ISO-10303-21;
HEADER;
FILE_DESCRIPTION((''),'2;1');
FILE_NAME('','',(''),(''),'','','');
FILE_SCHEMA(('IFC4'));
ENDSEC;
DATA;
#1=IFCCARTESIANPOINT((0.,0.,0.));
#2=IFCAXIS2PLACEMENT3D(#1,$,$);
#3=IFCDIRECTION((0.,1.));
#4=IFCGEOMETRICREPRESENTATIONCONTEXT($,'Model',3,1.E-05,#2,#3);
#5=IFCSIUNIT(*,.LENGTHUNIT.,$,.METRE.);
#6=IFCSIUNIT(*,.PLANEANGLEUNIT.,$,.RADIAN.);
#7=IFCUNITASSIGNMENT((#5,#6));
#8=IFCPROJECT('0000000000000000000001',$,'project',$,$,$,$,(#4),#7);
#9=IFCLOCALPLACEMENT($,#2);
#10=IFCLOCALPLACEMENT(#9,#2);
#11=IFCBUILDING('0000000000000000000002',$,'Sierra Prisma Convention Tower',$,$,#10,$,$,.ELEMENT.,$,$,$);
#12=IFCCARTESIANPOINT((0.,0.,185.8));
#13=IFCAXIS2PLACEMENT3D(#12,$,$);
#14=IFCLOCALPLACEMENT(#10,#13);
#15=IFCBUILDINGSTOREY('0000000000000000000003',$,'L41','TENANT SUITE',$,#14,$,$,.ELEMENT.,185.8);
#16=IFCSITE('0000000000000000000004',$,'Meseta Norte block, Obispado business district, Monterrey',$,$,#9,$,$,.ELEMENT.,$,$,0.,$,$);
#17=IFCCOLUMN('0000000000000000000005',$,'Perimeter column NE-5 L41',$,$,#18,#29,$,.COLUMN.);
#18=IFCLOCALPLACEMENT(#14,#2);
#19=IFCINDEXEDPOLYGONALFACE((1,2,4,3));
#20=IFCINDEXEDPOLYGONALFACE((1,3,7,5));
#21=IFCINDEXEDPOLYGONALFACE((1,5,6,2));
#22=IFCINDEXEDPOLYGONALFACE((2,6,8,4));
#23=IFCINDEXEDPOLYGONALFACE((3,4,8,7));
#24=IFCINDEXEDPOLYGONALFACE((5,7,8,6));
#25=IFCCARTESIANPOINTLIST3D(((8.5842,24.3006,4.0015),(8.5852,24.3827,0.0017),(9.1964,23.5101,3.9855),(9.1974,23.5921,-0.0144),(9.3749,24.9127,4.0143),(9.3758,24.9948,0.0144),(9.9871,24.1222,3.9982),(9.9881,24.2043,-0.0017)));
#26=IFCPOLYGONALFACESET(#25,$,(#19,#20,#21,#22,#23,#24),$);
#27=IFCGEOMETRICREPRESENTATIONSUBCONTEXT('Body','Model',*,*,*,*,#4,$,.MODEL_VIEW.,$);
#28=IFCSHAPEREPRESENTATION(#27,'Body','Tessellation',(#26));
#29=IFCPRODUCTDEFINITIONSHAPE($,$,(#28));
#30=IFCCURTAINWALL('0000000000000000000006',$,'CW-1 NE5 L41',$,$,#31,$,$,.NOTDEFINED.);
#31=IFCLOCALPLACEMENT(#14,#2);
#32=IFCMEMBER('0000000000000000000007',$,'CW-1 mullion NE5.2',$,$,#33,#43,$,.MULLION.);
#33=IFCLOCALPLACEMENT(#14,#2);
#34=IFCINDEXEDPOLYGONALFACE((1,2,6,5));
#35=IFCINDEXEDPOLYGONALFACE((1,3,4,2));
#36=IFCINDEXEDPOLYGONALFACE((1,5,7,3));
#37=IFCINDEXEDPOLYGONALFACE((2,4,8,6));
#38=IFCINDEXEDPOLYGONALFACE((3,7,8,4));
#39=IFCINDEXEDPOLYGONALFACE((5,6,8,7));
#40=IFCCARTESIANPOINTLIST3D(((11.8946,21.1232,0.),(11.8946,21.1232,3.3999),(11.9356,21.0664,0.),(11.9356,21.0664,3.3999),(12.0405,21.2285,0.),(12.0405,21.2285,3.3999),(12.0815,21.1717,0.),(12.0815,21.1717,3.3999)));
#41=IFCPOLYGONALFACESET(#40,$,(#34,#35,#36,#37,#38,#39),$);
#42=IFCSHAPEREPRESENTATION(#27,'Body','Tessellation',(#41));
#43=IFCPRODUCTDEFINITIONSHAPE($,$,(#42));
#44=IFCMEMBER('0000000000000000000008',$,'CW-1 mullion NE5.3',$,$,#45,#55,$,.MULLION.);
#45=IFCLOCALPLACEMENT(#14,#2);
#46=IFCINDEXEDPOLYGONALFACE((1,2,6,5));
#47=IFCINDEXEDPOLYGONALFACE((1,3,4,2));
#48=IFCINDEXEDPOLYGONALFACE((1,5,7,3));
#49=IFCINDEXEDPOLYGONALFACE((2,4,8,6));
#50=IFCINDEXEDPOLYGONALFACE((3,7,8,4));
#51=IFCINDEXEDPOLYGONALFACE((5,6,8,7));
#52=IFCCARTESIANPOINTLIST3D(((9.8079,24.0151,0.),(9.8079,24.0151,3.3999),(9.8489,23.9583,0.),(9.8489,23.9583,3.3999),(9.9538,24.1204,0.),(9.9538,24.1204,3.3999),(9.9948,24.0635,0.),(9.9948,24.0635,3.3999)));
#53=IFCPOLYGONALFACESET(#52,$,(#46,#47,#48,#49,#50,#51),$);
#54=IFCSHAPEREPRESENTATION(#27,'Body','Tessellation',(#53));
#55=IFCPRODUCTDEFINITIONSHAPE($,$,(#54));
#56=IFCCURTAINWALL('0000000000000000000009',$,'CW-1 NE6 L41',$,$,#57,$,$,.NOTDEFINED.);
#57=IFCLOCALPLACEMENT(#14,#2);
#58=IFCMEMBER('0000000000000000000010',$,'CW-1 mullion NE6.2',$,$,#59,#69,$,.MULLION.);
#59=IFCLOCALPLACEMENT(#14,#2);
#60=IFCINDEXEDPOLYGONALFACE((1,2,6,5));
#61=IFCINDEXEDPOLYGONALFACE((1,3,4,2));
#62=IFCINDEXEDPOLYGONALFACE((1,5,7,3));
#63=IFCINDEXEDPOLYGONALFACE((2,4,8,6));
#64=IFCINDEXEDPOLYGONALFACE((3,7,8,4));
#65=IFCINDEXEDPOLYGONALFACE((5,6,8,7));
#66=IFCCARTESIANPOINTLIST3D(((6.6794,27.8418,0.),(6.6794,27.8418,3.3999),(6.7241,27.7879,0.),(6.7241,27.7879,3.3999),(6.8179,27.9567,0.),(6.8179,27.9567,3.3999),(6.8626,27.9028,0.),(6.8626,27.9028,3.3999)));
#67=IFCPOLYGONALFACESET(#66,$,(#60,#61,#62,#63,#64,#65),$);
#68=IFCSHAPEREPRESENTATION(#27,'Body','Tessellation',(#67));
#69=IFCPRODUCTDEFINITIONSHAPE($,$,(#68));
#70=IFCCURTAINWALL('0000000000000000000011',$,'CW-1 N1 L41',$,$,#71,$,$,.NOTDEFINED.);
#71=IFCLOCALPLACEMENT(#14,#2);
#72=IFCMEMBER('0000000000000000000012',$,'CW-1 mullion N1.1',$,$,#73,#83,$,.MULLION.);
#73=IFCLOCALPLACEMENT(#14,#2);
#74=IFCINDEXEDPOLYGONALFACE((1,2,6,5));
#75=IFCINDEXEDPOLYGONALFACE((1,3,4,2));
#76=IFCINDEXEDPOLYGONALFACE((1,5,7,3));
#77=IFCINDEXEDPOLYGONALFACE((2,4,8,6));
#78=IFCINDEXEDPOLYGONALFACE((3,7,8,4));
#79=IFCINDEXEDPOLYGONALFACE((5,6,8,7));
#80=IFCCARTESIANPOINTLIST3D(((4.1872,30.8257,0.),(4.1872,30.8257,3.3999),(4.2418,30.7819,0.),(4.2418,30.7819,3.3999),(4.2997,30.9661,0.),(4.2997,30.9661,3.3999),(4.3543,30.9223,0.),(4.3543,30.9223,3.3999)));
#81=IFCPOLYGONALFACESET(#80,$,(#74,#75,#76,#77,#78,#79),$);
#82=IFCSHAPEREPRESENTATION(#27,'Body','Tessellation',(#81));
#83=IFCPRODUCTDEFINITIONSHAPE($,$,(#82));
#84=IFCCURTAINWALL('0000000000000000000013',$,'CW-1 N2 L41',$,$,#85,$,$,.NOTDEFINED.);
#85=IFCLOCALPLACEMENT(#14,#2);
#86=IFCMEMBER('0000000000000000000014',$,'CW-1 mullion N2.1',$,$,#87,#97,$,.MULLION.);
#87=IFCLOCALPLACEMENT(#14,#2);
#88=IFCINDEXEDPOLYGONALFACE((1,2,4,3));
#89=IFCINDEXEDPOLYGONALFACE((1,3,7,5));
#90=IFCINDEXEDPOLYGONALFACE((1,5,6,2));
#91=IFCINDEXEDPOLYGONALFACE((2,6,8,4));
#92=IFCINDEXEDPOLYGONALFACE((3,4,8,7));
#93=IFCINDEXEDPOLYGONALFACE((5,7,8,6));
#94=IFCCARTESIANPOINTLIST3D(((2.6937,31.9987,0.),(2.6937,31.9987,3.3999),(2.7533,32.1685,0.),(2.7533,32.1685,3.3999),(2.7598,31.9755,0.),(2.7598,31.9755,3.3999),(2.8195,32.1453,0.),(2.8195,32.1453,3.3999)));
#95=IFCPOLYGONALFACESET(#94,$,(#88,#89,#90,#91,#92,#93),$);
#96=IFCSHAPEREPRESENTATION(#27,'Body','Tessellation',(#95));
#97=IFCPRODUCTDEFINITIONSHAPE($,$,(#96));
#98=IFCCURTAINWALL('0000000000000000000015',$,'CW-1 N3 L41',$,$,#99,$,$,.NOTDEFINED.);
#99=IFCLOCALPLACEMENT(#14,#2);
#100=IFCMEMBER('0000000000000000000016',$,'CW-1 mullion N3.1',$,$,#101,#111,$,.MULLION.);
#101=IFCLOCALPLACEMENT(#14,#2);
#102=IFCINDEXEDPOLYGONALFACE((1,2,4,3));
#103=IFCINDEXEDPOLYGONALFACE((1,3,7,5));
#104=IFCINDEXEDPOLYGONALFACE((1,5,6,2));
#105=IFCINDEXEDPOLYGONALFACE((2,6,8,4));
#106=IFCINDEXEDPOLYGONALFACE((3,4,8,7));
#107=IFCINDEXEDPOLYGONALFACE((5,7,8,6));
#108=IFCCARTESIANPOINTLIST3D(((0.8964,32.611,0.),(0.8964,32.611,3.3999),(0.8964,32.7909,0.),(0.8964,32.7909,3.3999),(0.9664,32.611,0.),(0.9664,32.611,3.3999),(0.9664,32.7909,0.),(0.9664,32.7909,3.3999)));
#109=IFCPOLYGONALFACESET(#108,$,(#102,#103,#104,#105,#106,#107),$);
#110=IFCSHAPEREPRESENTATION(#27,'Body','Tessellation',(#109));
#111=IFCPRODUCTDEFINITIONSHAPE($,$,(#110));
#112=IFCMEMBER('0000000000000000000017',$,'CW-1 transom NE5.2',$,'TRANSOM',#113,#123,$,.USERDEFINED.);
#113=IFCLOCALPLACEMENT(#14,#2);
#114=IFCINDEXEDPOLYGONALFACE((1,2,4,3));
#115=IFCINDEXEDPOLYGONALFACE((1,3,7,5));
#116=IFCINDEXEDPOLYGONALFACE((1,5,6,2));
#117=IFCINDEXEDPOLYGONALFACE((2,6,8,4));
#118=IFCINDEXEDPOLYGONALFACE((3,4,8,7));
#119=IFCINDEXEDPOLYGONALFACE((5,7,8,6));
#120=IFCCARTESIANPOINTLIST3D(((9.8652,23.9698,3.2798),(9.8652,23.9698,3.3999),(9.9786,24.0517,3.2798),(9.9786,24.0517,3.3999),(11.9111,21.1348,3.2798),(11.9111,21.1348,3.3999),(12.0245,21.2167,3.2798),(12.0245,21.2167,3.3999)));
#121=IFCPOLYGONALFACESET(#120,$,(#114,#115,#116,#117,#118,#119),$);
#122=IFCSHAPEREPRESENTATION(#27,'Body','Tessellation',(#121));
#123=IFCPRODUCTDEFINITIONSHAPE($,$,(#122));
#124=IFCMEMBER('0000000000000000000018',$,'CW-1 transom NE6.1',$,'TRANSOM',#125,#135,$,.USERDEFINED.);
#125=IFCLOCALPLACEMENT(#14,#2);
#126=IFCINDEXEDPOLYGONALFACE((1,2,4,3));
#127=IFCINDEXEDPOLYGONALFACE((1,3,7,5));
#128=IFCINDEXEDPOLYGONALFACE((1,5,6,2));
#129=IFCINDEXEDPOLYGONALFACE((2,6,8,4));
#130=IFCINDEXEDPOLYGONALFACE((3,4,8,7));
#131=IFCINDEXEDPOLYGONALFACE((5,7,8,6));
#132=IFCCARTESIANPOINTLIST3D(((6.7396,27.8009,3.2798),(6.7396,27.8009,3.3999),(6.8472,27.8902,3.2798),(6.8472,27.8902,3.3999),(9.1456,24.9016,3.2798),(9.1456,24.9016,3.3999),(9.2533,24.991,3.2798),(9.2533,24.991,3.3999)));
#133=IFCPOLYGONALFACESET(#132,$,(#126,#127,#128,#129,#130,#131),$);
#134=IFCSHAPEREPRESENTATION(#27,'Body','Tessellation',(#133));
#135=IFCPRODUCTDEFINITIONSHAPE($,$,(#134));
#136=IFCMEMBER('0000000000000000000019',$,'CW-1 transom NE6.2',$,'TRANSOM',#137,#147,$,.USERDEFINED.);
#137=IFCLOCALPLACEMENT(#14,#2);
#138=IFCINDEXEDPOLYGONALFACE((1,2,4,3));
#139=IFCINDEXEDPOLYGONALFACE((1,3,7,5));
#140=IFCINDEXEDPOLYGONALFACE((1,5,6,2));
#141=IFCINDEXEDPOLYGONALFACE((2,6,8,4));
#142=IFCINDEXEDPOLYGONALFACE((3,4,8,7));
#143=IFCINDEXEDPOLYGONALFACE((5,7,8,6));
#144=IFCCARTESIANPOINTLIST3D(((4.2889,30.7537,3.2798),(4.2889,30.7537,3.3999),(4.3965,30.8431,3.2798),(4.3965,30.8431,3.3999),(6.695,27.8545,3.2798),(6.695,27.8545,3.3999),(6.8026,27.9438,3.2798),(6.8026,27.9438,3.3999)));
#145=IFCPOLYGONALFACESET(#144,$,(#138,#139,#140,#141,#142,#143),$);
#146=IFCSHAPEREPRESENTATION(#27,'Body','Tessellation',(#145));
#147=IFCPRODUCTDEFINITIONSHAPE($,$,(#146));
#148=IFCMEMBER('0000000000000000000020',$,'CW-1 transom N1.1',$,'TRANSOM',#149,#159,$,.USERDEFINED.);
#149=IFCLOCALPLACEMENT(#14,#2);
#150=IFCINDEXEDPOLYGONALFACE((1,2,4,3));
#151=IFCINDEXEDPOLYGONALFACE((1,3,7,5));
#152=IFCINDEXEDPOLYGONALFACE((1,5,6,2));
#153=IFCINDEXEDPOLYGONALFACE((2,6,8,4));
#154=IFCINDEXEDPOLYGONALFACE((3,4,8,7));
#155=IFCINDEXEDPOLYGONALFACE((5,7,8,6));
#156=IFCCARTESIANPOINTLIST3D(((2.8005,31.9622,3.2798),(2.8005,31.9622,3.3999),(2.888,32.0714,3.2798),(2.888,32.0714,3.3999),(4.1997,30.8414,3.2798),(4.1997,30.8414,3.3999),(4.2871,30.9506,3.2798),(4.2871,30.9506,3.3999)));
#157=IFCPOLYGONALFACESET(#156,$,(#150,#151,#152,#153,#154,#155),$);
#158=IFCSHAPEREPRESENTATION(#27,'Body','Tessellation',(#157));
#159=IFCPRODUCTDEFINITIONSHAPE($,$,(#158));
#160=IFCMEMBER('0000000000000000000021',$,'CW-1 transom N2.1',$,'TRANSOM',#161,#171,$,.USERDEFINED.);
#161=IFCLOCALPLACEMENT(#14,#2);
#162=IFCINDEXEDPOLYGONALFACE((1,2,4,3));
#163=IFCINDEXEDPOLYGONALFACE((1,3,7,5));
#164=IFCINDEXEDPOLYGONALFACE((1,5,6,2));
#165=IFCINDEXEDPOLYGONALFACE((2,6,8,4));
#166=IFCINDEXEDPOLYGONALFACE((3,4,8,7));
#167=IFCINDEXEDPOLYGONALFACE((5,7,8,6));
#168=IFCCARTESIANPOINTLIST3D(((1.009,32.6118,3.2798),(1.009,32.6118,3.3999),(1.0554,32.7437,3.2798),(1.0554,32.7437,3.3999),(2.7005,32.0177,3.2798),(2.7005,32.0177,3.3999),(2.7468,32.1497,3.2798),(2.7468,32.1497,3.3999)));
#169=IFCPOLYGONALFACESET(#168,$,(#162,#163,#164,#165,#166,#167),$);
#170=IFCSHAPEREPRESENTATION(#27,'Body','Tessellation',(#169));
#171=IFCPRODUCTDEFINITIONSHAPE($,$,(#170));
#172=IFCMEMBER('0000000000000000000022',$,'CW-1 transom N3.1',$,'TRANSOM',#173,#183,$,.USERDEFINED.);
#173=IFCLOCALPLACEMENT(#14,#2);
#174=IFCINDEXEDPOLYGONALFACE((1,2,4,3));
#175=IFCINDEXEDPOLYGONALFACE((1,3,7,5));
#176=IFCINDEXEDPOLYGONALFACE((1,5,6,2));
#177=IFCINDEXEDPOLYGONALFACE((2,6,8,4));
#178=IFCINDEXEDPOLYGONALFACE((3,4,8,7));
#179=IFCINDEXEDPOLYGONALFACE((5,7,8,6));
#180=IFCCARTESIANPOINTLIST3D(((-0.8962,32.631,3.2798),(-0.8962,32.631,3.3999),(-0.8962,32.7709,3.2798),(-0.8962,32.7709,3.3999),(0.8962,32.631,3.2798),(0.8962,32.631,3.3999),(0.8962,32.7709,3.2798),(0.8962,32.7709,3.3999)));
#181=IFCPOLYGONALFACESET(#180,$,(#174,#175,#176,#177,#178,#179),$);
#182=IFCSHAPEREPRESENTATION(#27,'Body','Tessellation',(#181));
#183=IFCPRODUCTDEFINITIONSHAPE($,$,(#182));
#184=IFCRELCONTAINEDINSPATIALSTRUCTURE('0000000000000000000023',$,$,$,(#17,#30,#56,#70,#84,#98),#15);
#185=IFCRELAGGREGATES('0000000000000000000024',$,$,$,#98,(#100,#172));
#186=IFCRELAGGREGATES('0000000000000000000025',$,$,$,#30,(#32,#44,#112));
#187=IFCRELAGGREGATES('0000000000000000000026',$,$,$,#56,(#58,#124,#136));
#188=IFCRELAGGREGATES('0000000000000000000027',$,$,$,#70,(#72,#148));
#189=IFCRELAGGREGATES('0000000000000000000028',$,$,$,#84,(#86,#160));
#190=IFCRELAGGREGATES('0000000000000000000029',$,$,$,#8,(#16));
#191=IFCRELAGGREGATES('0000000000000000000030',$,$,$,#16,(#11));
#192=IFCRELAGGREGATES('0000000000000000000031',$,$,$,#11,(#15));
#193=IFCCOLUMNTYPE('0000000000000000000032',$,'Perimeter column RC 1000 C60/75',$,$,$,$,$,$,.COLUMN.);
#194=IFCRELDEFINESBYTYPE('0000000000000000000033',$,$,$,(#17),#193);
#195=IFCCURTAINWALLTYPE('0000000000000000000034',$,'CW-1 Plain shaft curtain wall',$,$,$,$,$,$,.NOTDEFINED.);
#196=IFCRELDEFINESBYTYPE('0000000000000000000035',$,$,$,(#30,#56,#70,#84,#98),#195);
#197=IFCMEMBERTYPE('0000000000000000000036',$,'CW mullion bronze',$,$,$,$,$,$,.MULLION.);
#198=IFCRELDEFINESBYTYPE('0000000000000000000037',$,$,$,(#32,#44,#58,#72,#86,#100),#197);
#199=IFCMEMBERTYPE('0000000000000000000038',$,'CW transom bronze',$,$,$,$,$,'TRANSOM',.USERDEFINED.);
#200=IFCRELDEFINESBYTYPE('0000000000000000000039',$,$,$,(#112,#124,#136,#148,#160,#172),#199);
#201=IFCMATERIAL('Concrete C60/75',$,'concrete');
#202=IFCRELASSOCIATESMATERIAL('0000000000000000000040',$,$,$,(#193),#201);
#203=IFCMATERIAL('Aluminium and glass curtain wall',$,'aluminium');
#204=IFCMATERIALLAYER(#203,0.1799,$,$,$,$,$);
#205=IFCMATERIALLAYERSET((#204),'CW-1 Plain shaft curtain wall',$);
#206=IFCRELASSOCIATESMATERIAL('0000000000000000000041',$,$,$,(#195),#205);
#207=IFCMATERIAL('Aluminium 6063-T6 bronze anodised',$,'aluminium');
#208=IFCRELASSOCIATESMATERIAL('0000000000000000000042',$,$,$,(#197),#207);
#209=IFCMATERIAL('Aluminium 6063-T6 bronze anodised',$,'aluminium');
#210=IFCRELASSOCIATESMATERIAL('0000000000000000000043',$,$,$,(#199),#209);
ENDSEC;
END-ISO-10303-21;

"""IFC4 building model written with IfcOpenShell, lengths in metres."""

from ifc_helpers import new_model, si_unit, direction, frame, origin, origin_2d, place, context, subcontext, project, spatial, rectangle, extrude, material, layer, layer_set, material_profile, profile_set, type_object, element, aggregate, save


model = new_model("IFC4")

# Units and contexts
model_context = context("Model", 3, precision=1e-05, world=origin(), true_north=direction((0.0, 1.0)))
body_context = subcontext(model_context, "Body", "Model", "MODEL_VIEW")
ifc_project = project(units=[si_unit("LENGTHUNIT", "METRE"), si_unit("PLANEANGLEUNIT", "RADIAN")], contexts=[model_context])

# Site, building, storey
site_placement = place(None, origin())
site = spatial("IfcSite", under=ifc_project, at=site_placement, Name="Meseta Norte block, Obispado business district, Monterrey", CompositionType="ELEMENT", RefElevation=0.0)
building_placement = place(site_placement, origin())
building = spatial("IfcBuilding", under=site, at=building_placement, Name="Sierra Prisma Convention Tower", CompositionType="ELEMENT")
storey_placement = place(building_placement, frame((0.0, 0.0, 185.8)))
storey = spatial("IfcBuildingStorey", under=building, at=storey_placement, Name="L41", Description="TENANT SUITE", CompositionType="ELEMENT", Elevation=185.8)

# Column
ifc_material_1 = material(Name="Concrete C60/75", Category="concrete")
ifc_material_profile_1 = material_profile(ifc_material_1, rectangle(XDim=1.0, YDim=1.0, at=origin_2d()), Name="Perimeter column RC 1000 C60/75")
ifc_profile_set_1 = profile_set([ifc_material_profile_1], Name="Concrete C60/75")
column_type = type_object("IfcColumnType", Name="Perimeter column RC 1000 C60/75", PredefinedType="COLUMN", material=ifc_profile_set_1)
column_placement = place(storey_placement, frame((9.2866, 24.2935, 0.0), z_axis=(-0.000244, -0.020504, 0.99979), x_axis=(-0.612242, 0.790507, 0.016062)))
element("IfcColumn", 1, at=column_placement, inside=storey, type_object=column_type, Name="Perimeter column NE-5 L41", PredefinedType="COLUMN", context=body_context, shape_type="SweptSolid", body=[
    extrude(rectangle(XDim=1.0, YDim=1.0, at=origin_2d()), origin(), (0.0, 0.0, 1.0), 4.0007),
])

# Curtain wall, members
ifc_material_2 = material(Name="Aluminium and glass curtain wall", Category="aluminium")
ifc_layer_1 = layer(ifc_material_2, 0.1799)
ifc_layer_set_1 = layer_set([ifc_layer_1], Name="CW-1 Plain shaft curtain wall")
curtain_wall_type = type_object("IfcCurtainWallType", Name="CW-1 Plain shaft curtain wall", PredefinedType="NOTDEFINED", material=ifc_layer_set_1)
curtain_wall_1_placement = place(storey_placement, origin())
curtain_wall_1 = element("IfcCurtainWall", 2, at=curtain_wall_1_placement, inside=storey, type_object=curtain_wall_type, Name="CW-1 NE5 L41", PredefinedType="NOTDEFINED")
ifc_material_3 = material(Name="Aluminium 6063-T6 bronze anodised", Category="aluminium")
ifc_material_profile_2 = material_profile(ifc_material_3, rectangle(XDim=0.1799, YDim=0.0701, at=origin_2d()), Name="ALU MULLION 70x180")
ifc_profile_set_2 = profile_set([ifc_material_profile_2], Name="Aluminium 6063-T6 bronze anodised")
member_type_1 = type_object("IfcMemberType", Name="CW mullion bronze", PredefinedType="MULLION", material=ifc_profile_set_2)
member_1_placement = place(storey_placement, frame((11.988, 21.1475, 0.0), z_axis=(0.0, 0.0, 1.0), x_axis=(-0.810923, -0.585154, 0.0)))
member_1 = element("IfcMember", 3, at=member_1_placement, type_object=member_type_1, Name="CW-1 mullion NE5.2", PredefinedType="MULLION", context=body_context, shape_type="SweptSolid", body=[
    extrude(rectangle(XDim=0.1799, YDim=0.0701, at=origin_2d()), origin(), (0.0, 0.0, 1.0), 3.3999),
])
member_2_placement = place(storey_placement, frame((9.9014, 24.0393, 0.0), z_axis=(0.0, 0.0, 1.0), x_axis=(-0.810923, -0.585154, 0.0)))
member_2 = element("IfcMember", 4, at=member_2_placement, type_object=member_type_1, Name="CW-1 mullion NE5.3", PredefinedType="MULLION", context=body_context, shape_type="SweptSolid", body=[
    extrude(rectangle(XDim=0.1799, YDim=0.0701, at=origin_2d()), origin(), (0.0, 0.0, 1.0), 3.3999),
])

# Curtain walls, members
curtain_wall_2_placement = place(storey_placement, origin())
curtain_wall_2 = element("IfcCurtainWall", 5, at=curtain_wall_2_placement, inside=storey, type_object=curtain_wall_type, Name="CW-1 NE6 L41", PredefinedType="NOTDEFINED")
member_3_placement = place(storey_placement, frame((6.771, 27.8723, 0.0), z_axis=(0.0, 0.0, 1.0), x_axis=(-0.769514, -0.63863, 0.0)))
member_3 = element("IfcMember", 6, at=member_3_placement, type_object=member_type_1, Name="CW-1 mullion NE6.2", PredefinedType="MULLION", context=body_context, shape_type="SweptSolid", body=[
    extrude(rectangle(XDim=0.1799, YDim=0.0701, at=origin_2d()), origin(), (0.0, 0.0, 1.0), 3.3999),
])
curtain_wall_3_placement = place(storey_placement, origin())
curtain_wall_3 = element("IfcCurtainWall", 7, at=curtain_wall_3_placement, inside=storey, type_object=curtain_wall_type, Name="CW-1 N1 L41", PredefinedType="NOTDEFINED")
member_4_placement = place(storey_placement, frame((4.2708, 30.874, 0.0), z_axis=(0.0, 0.0, 1.0), x_axis=(-0.625214, -0.780454, 0.0)))
member_4 = element("IfcMember", 8, at=member_4_placement, type_object=member_type_1, Name="CW-1 mullion N1.1", PredefinedType="MULLION", context=body_context, shape_type="SweptSolid", body=[
    extrude(rectangle(XDim=0.1799, YDim=0.0701, at=origin_2d()), origin(), (0.0, 0.0, 1.0), 3.3999),
])
curtain_wall_4_placement = place(storey_placement, origin())
curtain_wall_4 = element("IfcCurtainWall", 9, at=curtain_wall_4_placement, inside=storey, type_object=curtain_wall_type, Name="CW-1 N2 L41", PredefinedType="NOTDEFINED")
member_5_placement = place(storey_placement, frame((2.7566, 32.072, 0.0), z_axis=(0.0, 0.0, 1.0), x_axis=(-0.33132, -0.943518, 0.0)))
member_5 = element("IfcMember", 10, at=member_5_placement, type_object=member_type_1, Name="CW-1 mullion N2.1", PredefinedType="MULLION", context=body_context, shape_type="SweptSolid", body=[
    extrude(rectangle(XDim=0.1799, YDim=0.0701, at=origin_2d()), origin(), (0.0, 0.0, 1.0), 3.3999),
])
curtain_wall_5_placement = place(storey_placement, origin())
curtain_wall_5 = element("IfcCurtainWall", 11, at=curtain_wall_5_placement, inside=storey, type_object=curtain_wall_type, Name="CW-1 N3 L41", PredefinedType="NOTDEFINED")
member_6_placement = place(storey_placement, frame((0.9314, 32.7009, 0.0), z_axis=(0.0, 0.0, 1.0), x_axis=(0.0, -1.0, 0.0)))
member_6 = element("IfcMember", 12, at=member_6_placement, type_object=member_type_1, Name="CW-1 mullion N3.1", PredefinedType="MULLION", context=body_context, shape_type="SweptSolid", body=[
    extrude(rectangle(XDim=0.1799, YDim=0.0701, at=origin_2d()), origin(), (0.0, 0.0, 1.0), 3.3999),
])

# Members
ifc_material_4 = material(Name="Aluminium 6063-T6 bronze anodised", Category="aluminium")
ifc_material_profile_3 = material_profile(ifc_material_4, rectangle(XDim=0.1399, YDim=0.1201, at=origin_2d()), Name="ALU TRANSOM 120x140")
ifc_profile_set_3 = profile_set([ifc_material_profile_3], Name="Aluminium 6063-T6 bronze anodised")
member_type_2 = type_object("IfcMemberType", Name="CW transom bronze", ElementType="TRANSOM", PredefinedType="USERDEFINED", material=ifc_profile_set_3)
member_7_placement = place(storey_placement, frame((11.9678, 21.1758, 3.3398), z_axis=(-0.585195, 0.810893, 0.0), x_axis=(-0.810893, -0.585195, 0.0)))
member_7 = element("IfcMember", 13, at=member_7_placement, type_object=member_type_2, Name="CW-1 transom NE5.2", ObjectType="TRANSOM", PredefinedType="USERDEFINED", context=body_context, shape_type="SweptSolid", body=[
    extrude(rectangle(XDim=0.1399, YDim=0.1201, at=origin_2d()), origin(), (0.0, 0.0, 1.0), 3.4961),
])
member_8_placement = place(storey_placement, frame((9.1995, 24.9463, 3.3398), z_axis=(-0.638621, 0.769521, 0.0), x_axis=(-0.769521, -0.638621, 0.0)))
member_8 = element("IfcMember", 14, at=member_8_placement, type_object=member_type_2, Name="CW-1 transom NE6.1", ObjectType="TRANSOM", PredefinedType="USERDEFINED", context=body_context, shape_type="SweptSolid", body=[
    extrude(rectangle(XDim=0.1399, YDim=0.1201, at=origin_2d()), origin(), (0.0, 0.0, 1.0), 3.7676),
])
member_9_placement = place(storey_placement, frame((6.7488, 27.8992, 3.3398), z_axis=(-0.638621, 0.769521, 0.0), x_axis=(-0.769521, -0.638621, 0.0)))
member_9 = element("IfcMember", 15, at=member_9_placement, type_object=member_type_2, Name="CW-1 transom NE6.2", ObjectType="TRANSOM", PredefinedType="USERDEFINED", context=body_context, shape_type="SweptSolid", body=[
    extrude(rectangle(XDim=0.1399, YDim=0.1201, at=origin_2d()), origin(), (0.0, 0.0, 1.0), 3.7676),
])
member_10_placement = place(storey_placement, frame((4.2434, 30.896, 3.3398), z_axis=(-0.780457, 0.62521, 0.0), x_axis=(-0.62521, -0.780457, 0.0)))
member_10 = element("IfcMember", 16, at=member_10_placement, type_object=member_type_2, Name="CW-1 transom N1.1", ObjectType="TRANSOM", PredefinedType="USERDEFINED", context=body_context, shape_type="SweptSolid", body=[
    extrude(rectangle(XDim=0.1399, YDim=0.1201, at=origin_2d()), origin(), (0.0, 0.0, 1.0), 1.7927),
])
member_11_placement = place(storey_placement, frame((2.7236, 32.0837, 3.3398), z_axis=(-0.94351, 0.331345, 0.0), x_axis=(-0.331345, -0.94351, 0.0)))
member_11 = element("IfcMember", 17, at=member_11_placement, type_object=member_type_2, Name="CW-1 transom N2.1", ObjectType="TRANSOM", PredefinedType="USERDEFINED", context=body_context, shape_type="SweptSolid", body=[
    extrude(rectangle(XDim=0.1399, YDim=0.1201, at=origin_2d()), origin(), (0.0, 0.0, 1.0), 1.7927),
])
member_12_placement = place(storey_placement, frame((0.8962, 32.7009, 3.3398), z_axis=(-1.0, 0.0, 0.0), x_axis=(0.0, -1.0, 0.0)))
member_12 = element("IfcMember", 18, at=member_12_placement, type_object=member_type_2, Name="CW-1 transom N3.1", ObjectType="TRANSOM", PredefinedType="USERDEFINED", context=body_context, shape_type="SweptSolid", body=[
    extrude(rectangle(XDim=0.1399, YDim=0.1201, at=origin_2d()), origin(), (0.0, 0.0, 1.0), 1.7925),
])
aggregate(curtain_wall_5, [member_6, member_12])

aggregate(curtain_wall_1, [member_1, member_2, member_7])
aggregate(curtain_wall_2, [member_3, member_8, member_9])
aggregate(curtain_wall_3, [member_4, member_10])
aggregate(curtain_wall_4, [member_5, member_11])

save(model, "model.ifc")
